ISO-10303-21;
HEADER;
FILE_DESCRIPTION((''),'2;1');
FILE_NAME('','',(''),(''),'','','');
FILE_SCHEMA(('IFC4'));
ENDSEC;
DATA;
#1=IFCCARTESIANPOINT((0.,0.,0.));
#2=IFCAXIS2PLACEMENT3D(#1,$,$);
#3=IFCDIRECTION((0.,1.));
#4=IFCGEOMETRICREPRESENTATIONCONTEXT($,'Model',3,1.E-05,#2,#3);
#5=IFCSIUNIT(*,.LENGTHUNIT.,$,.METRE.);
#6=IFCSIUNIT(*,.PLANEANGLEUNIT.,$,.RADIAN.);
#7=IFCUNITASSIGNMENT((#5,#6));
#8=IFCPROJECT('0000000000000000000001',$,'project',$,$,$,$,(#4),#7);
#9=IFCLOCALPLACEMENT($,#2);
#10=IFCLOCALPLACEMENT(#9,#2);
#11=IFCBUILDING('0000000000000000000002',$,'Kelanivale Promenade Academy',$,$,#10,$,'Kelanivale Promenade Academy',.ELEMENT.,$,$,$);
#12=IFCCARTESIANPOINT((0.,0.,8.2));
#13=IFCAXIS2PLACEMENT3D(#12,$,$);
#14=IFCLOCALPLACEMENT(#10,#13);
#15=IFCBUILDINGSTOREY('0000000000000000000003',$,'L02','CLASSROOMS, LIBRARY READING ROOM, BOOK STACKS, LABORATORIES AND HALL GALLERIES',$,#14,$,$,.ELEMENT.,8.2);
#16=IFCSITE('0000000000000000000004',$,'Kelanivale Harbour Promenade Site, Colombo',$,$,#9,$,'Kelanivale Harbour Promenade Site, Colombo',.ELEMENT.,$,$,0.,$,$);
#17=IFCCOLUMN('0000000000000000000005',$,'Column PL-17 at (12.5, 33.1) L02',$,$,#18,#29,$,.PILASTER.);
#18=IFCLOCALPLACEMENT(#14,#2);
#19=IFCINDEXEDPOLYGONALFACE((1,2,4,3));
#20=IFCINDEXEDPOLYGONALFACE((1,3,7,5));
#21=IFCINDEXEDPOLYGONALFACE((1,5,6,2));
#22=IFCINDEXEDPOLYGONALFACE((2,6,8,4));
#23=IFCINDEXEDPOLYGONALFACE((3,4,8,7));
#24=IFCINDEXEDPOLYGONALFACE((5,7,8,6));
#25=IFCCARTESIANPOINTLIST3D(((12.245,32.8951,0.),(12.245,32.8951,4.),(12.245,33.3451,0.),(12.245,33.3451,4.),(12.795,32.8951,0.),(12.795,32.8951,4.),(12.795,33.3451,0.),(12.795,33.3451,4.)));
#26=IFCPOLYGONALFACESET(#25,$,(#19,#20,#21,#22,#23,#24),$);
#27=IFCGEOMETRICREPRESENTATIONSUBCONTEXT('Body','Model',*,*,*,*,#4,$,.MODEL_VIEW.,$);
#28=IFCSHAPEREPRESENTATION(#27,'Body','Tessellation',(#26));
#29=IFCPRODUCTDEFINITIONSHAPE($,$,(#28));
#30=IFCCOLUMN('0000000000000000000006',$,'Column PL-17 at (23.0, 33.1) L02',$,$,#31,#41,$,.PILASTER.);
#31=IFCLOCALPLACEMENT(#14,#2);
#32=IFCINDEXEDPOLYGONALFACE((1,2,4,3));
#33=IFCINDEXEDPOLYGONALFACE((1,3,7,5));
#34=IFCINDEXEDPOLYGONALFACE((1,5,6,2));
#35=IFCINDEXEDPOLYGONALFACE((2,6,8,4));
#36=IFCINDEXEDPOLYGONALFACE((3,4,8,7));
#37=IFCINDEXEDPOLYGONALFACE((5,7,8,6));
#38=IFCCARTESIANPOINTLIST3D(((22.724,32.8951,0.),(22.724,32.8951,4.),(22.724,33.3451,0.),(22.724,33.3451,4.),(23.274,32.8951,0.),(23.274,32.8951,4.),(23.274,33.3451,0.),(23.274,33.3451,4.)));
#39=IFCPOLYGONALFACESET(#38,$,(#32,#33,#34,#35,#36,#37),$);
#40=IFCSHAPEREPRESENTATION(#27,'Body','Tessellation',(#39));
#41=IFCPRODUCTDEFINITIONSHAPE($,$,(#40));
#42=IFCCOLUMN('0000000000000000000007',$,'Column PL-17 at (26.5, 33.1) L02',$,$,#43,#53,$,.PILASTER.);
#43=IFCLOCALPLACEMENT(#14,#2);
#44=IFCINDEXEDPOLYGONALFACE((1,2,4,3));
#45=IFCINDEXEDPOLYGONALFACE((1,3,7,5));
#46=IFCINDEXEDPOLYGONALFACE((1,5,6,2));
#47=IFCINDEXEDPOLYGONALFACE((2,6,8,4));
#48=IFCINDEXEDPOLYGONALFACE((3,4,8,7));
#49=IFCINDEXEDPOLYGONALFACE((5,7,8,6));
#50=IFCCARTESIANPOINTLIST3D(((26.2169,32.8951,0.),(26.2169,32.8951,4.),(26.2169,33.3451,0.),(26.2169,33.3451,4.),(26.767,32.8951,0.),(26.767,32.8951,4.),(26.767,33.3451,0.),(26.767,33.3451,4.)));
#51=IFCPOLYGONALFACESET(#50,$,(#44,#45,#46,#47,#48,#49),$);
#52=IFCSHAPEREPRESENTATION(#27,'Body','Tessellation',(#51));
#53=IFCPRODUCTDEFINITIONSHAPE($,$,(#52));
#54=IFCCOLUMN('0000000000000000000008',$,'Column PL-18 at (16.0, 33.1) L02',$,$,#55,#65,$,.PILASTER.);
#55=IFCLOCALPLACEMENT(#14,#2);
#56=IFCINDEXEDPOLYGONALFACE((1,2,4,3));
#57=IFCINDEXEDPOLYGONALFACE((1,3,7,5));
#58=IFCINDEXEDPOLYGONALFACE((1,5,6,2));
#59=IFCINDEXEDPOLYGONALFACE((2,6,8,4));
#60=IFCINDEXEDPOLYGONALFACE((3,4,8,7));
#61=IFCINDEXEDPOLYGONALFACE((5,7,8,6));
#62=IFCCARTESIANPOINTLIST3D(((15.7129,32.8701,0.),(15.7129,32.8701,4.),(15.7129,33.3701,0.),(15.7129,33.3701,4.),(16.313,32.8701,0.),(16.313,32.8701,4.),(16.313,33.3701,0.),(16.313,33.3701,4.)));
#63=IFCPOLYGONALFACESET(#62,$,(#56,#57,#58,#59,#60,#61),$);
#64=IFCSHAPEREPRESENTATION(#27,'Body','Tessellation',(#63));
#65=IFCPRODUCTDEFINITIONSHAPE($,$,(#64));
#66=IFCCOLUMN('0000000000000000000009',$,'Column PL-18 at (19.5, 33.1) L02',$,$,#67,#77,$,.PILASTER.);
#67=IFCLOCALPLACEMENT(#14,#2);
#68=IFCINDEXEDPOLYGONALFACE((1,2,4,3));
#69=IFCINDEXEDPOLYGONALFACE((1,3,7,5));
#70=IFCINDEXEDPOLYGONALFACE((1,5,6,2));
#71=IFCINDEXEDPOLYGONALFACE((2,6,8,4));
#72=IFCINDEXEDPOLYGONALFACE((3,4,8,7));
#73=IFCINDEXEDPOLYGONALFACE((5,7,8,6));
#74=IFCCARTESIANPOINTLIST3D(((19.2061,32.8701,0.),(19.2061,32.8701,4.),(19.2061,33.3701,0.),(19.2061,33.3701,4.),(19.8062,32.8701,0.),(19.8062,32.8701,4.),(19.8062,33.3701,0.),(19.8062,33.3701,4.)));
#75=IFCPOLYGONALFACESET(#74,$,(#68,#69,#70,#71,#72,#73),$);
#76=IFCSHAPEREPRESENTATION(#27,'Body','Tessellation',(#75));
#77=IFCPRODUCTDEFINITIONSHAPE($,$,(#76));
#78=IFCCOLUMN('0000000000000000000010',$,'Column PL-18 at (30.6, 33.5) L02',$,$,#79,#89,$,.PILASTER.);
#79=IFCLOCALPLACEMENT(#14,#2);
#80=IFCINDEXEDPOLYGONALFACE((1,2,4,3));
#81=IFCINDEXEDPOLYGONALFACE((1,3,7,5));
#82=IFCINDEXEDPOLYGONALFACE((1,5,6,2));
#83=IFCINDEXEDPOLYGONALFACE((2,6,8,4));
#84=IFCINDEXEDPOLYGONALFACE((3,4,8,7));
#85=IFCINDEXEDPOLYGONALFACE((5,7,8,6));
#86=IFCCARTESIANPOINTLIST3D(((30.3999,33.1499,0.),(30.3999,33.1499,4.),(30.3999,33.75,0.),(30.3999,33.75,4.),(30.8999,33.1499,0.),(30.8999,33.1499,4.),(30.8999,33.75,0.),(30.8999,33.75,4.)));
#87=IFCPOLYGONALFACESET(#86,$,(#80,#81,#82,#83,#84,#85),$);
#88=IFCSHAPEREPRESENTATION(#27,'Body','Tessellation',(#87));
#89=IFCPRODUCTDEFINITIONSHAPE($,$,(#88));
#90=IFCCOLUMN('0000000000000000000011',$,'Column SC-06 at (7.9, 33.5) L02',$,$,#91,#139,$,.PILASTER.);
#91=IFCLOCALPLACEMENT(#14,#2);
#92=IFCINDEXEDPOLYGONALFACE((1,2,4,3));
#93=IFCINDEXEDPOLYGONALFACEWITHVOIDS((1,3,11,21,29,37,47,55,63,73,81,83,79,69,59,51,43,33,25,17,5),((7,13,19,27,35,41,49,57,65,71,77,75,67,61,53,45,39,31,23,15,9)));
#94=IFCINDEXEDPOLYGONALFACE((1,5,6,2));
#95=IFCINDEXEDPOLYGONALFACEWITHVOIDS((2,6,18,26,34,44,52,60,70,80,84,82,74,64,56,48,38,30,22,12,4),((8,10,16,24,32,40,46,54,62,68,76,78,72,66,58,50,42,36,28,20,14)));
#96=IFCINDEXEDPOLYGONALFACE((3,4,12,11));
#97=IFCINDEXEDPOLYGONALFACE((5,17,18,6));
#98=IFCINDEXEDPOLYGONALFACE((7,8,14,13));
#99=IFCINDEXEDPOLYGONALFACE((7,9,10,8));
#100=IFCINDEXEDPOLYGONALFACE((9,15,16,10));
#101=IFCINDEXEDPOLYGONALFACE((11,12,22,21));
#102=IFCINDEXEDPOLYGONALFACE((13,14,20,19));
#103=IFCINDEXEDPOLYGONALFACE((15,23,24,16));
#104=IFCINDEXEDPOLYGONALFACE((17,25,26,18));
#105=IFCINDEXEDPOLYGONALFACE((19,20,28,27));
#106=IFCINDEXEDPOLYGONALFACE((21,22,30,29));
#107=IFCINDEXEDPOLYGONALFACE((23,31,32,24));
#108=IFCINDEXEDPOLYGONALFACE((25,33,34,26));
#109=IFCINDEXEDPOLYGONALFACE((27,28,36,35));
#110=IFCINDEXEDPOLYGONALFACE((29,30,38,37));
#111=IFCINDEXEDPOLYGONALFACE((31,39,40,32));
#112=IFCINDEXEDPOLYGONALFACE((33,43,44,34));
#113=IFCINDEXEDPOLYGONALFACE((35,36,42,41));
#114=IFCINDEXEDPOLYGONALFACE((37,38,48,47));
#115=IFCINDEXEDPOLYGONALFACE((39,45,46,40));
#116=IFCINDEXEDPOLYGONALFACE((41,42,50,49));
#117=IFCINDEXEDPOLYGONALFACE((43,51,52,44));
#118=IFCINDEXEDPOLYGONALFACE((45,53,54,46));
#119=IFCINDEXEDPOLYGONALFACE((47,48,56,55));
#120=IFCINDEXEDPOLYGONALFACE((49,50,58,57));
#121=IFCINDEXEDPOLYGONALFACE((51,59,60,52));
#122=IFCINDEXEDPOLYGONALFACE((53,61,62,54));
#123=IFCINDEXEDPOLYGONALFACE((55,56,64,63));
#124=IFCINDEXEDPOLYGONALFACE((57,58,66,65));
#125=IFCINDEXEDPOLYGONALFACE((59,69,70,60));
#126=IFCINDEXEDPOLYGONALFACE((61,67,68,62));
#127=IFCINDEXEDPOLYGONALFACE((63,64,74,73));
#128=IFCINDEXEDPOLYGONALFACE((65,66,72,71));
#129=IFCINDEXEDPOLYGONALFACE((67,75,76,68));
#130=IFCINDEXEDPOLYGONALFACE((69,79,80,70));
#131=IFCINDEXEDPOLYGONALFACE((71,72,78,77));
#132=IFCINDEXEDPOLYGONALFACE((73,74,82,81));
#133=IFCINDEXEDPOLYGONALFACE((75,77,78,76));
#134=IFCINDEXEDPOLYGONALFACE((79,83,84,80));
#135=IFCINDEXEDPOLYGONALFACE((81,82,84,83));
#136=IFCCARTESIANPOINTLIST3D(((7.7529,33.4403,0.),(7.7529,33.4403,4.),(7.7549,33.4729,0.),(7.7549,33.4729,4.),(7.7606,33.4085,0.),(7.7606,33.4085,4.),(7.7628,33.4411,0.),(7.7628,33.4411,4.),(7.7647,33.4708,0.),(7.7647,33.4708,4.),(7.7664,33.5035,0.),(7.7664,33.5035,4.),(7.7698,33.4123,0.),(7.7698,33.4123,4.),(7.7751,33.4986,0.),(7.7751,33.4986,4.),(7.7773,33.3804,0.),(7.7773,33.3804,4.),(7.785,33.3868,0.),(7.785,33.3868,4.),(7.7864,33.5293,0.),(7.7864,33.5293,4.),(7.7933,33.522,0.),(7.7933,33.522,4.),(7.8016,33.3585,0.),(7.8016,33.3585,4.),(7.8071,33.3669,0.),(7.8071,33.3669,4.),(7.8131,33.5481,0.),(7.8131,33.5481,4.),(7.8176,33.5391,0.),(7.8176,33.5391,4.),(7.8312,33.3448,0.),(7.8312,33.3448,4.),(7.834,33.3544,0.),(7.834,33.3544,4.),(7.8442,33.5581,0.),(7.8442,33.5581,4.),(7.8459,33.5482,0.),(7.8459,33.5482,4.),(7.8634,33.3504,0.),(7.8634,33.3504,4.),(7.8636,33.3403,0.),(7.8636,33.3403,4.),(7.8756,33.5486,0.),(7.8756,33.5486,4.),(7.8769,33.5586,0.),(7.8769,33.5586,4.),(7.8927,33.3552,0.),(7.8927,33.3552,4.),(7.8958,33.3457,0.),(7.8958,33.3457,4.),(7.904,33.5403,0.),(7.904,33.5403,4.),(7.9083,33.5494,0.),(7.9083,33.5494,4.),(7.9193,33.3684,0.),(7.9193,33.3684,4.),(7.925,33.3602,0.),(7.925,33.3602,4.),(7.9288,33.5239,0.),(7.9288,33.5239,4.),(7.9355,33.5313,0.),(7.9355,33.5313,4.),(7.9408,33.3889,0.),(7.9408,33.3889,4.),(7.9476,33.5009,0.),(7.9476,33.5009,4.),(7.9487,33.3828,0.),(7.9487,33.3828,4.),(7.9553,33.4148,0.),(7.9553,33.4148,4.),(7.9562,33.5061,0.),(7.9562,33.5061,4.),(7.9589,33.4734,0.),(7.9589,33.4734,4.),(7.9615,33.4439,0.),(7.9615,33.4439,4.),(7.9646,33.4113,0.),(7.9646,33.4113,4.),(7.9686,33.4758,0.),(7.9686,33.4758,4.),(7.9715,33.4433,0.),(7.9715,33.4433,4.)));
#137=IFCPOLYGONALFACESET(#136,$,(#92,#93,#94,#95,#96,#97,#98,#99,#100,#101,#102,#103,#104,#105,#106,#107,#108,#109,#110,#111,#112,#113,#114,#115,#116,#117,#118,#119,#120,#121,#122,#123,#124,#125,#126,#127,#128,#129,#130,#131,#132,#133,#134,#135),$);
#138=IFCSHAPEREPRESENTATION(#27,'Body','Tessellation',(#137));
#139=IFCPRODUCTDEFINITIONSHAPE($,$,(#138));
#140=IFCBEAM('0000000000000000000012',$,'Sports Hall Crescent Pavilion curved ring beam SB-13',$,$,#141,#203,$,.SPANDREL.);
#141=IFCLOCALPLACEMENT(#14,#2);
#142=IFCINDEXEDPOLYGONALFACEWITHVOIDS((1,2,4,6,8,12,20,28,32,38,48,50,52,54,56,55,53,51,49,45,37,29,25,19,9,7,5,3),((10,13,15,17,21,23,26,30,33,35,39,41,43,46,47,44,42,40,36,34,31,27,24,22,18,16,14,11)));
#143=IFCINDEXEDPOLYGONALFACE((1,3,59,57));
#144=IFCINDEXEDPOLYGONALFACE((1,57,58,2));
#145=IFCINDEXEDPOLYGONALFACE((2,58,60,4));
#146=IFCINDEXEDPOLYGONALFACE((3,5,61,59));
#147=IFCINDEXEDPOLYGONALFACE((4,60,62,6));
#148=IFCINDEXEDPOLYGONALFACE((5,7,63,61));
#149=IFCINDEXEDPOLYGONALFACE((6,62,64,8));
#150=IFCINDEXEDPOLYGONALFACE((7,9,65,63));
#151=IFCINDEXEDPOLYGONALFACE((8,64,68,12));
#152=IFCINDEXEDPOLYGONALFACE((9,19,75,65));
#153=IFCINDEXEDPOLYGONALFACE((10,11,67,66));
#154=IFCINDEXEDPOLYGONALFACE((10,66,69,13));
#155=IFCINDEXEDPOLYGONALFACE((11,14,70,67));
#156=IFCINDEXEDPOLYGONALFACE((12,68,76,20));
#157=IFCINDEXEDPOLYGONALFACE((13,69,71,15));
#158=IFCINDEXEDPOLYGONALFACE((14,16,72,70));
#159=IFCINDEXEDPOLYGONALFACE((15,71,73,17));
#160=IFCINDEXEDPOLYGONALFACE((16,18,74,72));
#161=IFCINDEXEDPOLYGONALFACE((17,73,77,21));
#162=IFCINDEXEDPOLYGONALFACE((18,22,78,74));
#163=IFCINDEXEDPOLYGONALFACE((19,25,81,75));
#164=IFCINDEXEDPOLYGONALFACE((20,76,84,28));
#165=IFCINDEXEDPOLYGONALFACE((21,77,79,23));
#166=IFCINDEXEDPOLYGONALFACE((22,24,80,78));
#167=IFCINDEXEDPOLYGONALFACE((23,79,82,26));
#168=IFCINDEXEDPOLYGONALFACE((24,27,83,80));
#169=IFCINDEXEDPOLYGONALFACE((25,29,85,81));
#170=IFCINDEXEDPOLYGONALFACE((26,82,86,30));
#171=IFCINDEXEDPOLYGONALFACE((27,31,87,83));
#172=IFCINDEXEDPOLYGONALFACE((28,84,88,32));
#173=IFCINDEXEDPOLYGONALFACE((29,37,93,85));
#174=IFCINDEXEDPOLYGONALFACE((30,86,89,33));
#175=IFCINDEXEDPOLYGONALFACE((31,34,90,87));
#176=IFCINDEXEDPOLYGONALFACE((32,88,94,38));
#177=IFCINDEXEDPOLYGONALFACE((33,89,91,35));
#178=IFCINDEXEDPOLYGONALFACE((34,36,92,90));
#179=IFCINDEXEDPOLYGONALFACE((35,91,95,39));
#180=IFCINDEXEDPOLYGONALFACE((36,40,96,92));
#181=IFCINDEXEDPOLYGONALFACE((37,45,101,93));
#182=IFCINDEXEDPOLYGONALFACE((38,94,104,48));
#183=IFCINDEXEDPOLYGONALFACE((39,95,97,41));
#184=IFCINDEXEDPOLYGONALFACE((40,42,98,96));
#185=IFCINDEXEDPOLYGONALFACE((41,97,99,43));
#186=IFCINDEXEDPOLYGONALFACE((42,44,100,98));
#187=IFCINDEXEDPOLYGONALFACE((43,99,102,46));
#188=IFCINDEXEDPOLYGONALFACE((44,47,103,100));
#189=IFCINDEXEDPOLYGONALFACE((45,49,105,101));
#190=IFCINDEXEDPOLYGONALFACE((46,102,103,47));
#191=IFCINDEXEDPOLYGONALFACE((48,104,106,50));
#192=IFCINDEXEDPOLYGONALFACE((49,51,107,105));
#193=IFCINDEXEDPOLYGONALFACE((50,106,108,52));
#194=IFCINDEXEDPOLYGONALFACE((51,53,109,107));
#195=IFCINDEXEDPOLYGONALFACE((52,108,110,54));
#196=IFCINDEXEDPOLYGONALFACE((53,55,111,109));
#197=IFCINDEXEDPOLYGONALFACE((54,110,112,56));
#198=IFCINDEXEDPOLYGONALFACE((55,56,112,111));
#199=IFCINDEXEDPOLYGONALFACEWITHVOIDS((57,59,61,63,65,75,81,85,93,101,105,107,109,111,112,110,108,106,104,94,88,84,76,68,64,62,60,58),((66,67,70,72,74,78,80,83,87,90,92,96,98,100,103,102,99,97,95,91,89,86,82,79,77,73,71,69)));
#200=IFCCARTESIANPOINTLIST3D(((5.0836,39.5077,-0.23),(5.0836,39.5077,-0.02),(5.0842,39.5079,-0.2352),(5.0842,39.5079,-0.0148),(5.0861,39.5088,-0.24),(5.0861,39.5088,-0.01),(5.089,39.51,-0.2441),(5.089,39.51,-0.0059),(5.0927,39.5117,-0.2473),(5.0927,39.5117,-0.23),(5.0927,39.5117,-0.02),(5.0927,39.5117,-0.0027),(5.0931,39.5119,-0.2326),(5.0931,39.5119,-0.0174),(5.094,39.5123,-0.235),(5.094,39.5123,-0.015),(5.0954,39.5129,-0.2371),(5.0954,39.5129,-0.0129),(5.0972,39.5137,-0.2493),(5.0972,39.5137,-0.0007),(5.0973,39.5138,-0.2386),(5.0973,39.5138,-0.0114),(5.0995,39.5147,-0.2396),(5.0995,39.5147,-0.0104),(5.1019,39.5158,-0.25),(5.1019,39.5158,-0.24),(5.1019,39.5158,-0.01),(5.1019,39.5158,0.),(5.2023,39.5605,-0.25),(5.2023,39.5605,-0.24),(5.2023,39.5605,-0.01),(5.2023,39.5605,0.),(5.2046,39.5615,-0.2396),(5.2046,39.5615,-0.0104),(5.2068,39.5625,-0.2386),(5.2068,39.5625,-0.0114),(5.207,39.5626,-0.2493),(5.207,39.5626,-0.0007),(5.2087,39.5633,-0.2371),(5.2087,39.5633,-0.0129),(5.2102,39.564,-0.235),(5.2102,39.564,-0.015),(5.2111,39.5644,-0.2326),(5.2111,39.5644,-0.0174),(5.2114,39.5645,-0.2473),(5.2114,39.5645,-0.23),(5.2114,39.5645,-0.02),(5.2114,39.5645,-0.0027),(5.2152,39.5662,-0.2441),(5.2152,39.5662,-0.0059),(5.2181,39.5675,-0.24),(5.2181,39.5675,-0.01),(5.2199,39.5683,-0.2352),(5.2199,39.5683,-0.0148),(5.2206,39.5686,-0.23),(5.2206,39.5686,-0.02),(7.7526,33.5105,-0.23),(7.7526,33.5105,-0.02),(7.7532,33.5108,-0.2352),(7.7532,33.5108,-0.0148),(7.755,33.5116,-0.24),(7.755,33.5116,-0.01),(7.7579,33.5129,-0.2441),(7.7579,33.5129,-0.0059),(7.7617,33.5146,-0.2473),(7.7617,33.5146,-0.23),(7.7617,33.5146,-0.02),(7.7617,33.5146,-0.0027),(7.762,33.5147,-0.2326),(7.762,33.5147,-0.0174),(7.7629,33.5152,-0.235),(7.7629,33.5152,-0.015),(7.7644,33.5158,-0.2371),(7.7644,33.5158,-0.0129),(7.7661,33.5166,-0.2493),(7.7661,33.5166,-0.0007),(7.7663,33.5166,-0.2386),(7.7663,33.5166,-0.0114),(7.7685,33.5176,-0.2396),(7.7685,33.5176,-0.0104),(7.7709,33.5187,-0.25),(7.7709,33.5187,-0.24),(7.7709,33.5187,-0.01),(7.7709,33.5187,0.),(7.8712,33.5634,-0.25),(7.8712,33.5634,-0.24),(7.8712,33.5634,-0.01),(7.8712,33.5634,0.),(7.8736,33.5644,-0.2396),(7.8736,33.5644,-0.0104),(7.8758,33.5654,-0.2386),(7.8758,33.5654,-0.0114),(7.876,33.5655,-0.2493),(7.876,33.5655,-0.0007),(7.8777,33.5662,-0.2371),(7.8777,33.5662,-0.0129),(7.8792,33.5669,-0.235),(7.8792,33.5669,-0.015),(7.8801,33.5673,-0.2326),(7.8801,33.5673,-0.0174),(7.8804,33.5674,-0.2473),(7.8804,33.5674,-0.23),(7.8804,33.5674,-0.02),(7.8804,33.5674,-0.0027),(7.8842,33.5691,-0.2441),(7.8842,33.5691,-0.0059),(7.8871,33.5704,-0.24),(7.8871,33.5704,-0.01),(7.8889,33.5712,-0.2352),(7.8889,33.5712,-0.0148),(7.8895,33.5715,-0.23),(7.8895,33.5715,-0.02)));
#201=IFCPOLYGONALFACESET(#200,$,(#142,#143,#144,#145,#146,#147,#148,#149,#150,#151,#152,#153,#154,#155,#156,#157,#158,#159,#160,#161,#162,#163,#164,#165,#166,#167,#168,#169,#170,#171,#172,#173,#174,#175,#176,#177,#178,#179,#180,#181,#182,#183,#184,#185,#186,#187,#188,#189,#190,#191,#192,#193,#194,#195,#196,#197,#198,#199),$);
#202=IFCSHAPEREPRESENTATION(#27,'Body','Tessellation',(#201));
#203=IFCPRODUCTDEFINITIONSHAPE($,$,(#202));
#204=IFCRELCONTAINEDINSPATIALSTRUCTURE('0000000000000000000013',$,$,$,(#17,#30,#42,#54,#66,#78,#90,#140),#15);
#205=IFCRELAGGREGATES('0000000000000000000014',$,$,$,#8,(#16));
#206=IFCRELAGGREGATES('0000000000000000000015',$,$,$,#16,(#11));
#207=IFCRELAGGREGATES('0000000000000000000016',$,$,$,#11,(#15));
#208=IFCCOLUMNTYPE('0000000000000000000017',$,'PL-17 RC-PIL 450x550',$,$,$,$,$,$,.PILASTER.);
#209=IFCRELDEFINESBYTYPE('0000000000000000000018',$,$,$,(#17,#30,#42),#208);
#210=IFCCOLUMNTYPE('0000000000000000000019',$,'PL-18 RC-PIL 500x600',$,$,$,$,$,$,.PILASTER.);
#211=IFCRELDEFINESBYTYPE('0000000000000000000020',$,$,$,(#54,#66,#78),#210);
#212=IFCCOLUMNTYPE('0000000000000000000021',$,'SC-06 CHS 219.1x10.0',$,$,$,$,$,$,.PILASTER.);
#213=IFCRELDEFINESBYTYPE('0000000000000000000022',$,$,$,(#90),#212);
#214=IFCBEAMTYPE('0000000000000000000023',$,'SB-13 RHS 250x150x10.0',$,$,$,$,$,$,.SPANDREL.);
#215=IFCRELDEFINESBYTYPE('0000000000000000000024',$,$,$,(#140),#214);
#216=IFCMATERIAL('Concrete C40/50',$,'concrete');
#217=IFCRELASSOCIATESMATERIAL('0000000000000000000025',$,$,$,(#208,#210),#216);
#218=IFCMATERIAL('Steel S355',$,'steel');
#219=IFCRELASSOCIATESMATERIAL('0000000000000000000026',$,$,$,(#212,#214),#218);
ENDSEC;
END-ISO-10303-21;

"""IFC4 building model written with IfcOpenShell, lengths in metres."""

from ifc_helpers import new_model, si_unit, direction, frame, origin, origin_2d, place, context, subcontext, project, spatial, rectangle, hollow_rectangle, hollow_circle, extrude, material, material_profile, profile_set, type_object, element, save


model = new_model("IFC4")

# Units and contexts
model_context = context("Model", 3, precision=1e-05, world=origin(), true_north=direction((0.0, 1.0)))
body_context = subcontext(model_context, "Body", "Model", "MODEL_VIEW")
ifc_project = project(units=[si_unit("LENGTHUNIT", "METRE"), si_unit("PLANEANGLEUNIT", "RADIAN")], contexts=[model_context])

# Site, building, storey
site_placement = place(None, origin())
site = spatial("IfcSite", under=ifc_project, at=site_placement, Name="Kelanivale Harbour Promenade Site, Colombo", LongName="Kelanivale Harbour Promenade Site, Colombo", CompositionType="ELEMENT", RefElevation=0.0)
building_placement = place(site_placement, origin())
building = spatial("IfcBuilding", under=site, at=building_placement, Name="Kelanivale Promenade Academy", LongName="Kelanivale Promenade Academy", CompositionType="ELEMENT")
storey_placement = place(building_placement, frame((0.0, 0.0, 8.2)))
storey = spatial("IfcBuildingStorey", under=building, at=storey_placement, Name="L02", Description="CLASSROOMS, LIBRARY READING ROOM, BOOK STACKS, LABORATORIES AND HALL GALLERIES", CompositionType="ELEMENT", Elevation=8.2)

# Columns
ifc_material_1 = material(Name="Concrete C40/50", Category="concrete")
ifc_material_profile_1 = material_profile(ifc_material_1, rectangle(XDim=0.45, YDim=0.55, at=origin_2d()), Name="RC-PIL 450x550")
ifc_profile_set_1 = profile_set([ifc_material_profile_1], Name="Concrete C40/50")
column_type_1 = type_object("IfcColumnType", Name="PL-17 RC-PIL 450x550", PredefinedType="PILASTER", material=ifc_profile_set_1)
for number, where, z_axis, x_axis, name in (
    (1, (12.52, 33.1201, 0.0), (0.0, 0.0, 1.0), (0.0, 1.0, 0.0), "Column PL-17 at (12.5, 33.1) L02"),
    (2, (22.999, 33.1201, 0.0), (0.0, 0.0, 1.0), (0.0, 1.0, 0.0), "Column PL-17 at (23.0, 33.1) L02"),
    (3, (26.4919, 33.1201, 0.0), (0.0, 0.0, 1.0), (0.0, 1.0, 0.0), "Column PL-17 at (26.5, 33.1) L02"),
):
    element("IfcColumn", number, at=place(storey_placement, frame(where, z_axis=z_axis, x_axis=x_axis)), inside=storey, type_object=column_type_1, Name=name, PredefinedType="PILASTER", context=body_context, shape_type="SweptSolid", body=[
        extrude(rectangle(XDim=0.45, YDim=0.55, at=origin_2d()), origin(), (0.0, 0.0, 1.0), 4.0),
    ])
ifc_material_profile_2 = material_profile(ifc_material_1, rectangle(XDim=0.5, YDim=0.6001, at=origin_2d()), Name="RC-PIL 500x600")
ifc_profile_set_2 = profile_set([ifc_material_profile_2], Name="Concrete C40/50")
column_type_2 = type_object("IfcColumnType", Name="PL-18 RC-PIL 500x600", PredefinedType="PILASTER", material=ifc_profile_set_2)
for number, where, z_axis, x_axis, name in (
    (4, (16.0129, 33.1201, 0.0), (0.0, 0.0, 1.0), (0.0, 1.0, 0.0), "Column PL-18 at (16.0, 33.1) L02"),
    (5, (19.5061, 33.1201, 0.0), (0.0, 0.0, 1.0), (0.0, 1.0, 0.0), "Column PL-18 at (19.5, 33.1) L02"),
    (6, (30.6499, 33.45, 0.0), (0.0, 0.0, 1.0), (1.0, 0.0, 0.0), "Column PL-18 at (30.6, 33.5) L02"),
):
    element("IfcColumn", number, at=place(storey_placement, frame(where, z_axis=z_axis, x_axis=x_axis)), inside=storey, type_object=column_type_2, Name=name, PredefinedType="PILASTER", context=body_context, shape_type="SweptSolid", body=[
        extrude(rectangle(XDim=0.5, YDim=0.6001, at=origin_2d()), origin(), (0.0, 0.0, 1.0), 4.0),
    ])
ifc_material_2 = material(Name="Steel S355", Category="steel")
ifc_material_profile_3 = material_profile(ifc_material_2, hollow_circle(Radius=0.1096, WallThickness=0.01, at=origin_2d()), Name="CHS 219.1x10.0")
ifc_profile_set_3 = profile_set([ifc_material_profile_3], Name="Steel S355")
column_type_3 = type_object("IfcColumnType", Name="SC-06 CHS 219.1x10.0", PredefinedType="PILASTER", material=ifc_profile_set_3)
column_placement = place(storey_placement, frame((7.8621, 33.45, 0.0), z_axis=(0.0, 0.0, 1.0), x_axis=(-0.446198, 0.894934, 0.0)))
element("IfcColumn", 7, at=column_placement, inside=storey, type_object=column_type_3, Name="Column SC-06 at (7.9, 33.5) L02", PredefinedType="PILASTER", context=body_context, shape_type="SweptSolid", body=[
    extrude(hollow_circle(Radius=0.1096, WallThickness=0.01, at=origin_2d()), origin(), (0.0, 0.0, 1.0), 4.0),
])

# Beam
ifc_material_profile_4 = material_profile(ifc_material_2, hollow_rectangle(XDim=0.1499, YDim=0.25, WallThickness=0.01, InnerFilletRadius=0.01, OuterFilletRadius=0.02, at=origin_2d()), Name="RHS 250x150x10.0")
ifc_profile_set_4 = profile_set([ifc_material_profile_4], Name="Steel S355")
beam_type = type_object("IfcBeamType", Name="SB-13 RHS 250x150x10.0", PredefinedType="SPANDREL", material=ifc_profile_set_4)
beam_1_placement = place(storey_placement, frame((7.821, 33.541, -0.125), z_axis=(-0.406594, 0.913609, 0.0), x_axis=(-0.913609, -0.406594, 0.0)))
element("IfcBeam", 8, at=beam_1_placement, inside=storey, type_object=beam_type, Name="Sports Hall Crescent Pavilion curved ring beam SB-13", PredefinedType="SPANDREL", context=body_context, shape_type="SweptSolid", body=[
    extrude(hollow_rectangle(XDim=0.1499, YDim=0.25, WallThickness=0.01, InnerFilletRadius=0.01, OuterFilletRadius=0.02, at=origin_2d()), origin(), (0.0, 0.0, 1.0), 6.5642),
])

save(model, "model.ifc")
